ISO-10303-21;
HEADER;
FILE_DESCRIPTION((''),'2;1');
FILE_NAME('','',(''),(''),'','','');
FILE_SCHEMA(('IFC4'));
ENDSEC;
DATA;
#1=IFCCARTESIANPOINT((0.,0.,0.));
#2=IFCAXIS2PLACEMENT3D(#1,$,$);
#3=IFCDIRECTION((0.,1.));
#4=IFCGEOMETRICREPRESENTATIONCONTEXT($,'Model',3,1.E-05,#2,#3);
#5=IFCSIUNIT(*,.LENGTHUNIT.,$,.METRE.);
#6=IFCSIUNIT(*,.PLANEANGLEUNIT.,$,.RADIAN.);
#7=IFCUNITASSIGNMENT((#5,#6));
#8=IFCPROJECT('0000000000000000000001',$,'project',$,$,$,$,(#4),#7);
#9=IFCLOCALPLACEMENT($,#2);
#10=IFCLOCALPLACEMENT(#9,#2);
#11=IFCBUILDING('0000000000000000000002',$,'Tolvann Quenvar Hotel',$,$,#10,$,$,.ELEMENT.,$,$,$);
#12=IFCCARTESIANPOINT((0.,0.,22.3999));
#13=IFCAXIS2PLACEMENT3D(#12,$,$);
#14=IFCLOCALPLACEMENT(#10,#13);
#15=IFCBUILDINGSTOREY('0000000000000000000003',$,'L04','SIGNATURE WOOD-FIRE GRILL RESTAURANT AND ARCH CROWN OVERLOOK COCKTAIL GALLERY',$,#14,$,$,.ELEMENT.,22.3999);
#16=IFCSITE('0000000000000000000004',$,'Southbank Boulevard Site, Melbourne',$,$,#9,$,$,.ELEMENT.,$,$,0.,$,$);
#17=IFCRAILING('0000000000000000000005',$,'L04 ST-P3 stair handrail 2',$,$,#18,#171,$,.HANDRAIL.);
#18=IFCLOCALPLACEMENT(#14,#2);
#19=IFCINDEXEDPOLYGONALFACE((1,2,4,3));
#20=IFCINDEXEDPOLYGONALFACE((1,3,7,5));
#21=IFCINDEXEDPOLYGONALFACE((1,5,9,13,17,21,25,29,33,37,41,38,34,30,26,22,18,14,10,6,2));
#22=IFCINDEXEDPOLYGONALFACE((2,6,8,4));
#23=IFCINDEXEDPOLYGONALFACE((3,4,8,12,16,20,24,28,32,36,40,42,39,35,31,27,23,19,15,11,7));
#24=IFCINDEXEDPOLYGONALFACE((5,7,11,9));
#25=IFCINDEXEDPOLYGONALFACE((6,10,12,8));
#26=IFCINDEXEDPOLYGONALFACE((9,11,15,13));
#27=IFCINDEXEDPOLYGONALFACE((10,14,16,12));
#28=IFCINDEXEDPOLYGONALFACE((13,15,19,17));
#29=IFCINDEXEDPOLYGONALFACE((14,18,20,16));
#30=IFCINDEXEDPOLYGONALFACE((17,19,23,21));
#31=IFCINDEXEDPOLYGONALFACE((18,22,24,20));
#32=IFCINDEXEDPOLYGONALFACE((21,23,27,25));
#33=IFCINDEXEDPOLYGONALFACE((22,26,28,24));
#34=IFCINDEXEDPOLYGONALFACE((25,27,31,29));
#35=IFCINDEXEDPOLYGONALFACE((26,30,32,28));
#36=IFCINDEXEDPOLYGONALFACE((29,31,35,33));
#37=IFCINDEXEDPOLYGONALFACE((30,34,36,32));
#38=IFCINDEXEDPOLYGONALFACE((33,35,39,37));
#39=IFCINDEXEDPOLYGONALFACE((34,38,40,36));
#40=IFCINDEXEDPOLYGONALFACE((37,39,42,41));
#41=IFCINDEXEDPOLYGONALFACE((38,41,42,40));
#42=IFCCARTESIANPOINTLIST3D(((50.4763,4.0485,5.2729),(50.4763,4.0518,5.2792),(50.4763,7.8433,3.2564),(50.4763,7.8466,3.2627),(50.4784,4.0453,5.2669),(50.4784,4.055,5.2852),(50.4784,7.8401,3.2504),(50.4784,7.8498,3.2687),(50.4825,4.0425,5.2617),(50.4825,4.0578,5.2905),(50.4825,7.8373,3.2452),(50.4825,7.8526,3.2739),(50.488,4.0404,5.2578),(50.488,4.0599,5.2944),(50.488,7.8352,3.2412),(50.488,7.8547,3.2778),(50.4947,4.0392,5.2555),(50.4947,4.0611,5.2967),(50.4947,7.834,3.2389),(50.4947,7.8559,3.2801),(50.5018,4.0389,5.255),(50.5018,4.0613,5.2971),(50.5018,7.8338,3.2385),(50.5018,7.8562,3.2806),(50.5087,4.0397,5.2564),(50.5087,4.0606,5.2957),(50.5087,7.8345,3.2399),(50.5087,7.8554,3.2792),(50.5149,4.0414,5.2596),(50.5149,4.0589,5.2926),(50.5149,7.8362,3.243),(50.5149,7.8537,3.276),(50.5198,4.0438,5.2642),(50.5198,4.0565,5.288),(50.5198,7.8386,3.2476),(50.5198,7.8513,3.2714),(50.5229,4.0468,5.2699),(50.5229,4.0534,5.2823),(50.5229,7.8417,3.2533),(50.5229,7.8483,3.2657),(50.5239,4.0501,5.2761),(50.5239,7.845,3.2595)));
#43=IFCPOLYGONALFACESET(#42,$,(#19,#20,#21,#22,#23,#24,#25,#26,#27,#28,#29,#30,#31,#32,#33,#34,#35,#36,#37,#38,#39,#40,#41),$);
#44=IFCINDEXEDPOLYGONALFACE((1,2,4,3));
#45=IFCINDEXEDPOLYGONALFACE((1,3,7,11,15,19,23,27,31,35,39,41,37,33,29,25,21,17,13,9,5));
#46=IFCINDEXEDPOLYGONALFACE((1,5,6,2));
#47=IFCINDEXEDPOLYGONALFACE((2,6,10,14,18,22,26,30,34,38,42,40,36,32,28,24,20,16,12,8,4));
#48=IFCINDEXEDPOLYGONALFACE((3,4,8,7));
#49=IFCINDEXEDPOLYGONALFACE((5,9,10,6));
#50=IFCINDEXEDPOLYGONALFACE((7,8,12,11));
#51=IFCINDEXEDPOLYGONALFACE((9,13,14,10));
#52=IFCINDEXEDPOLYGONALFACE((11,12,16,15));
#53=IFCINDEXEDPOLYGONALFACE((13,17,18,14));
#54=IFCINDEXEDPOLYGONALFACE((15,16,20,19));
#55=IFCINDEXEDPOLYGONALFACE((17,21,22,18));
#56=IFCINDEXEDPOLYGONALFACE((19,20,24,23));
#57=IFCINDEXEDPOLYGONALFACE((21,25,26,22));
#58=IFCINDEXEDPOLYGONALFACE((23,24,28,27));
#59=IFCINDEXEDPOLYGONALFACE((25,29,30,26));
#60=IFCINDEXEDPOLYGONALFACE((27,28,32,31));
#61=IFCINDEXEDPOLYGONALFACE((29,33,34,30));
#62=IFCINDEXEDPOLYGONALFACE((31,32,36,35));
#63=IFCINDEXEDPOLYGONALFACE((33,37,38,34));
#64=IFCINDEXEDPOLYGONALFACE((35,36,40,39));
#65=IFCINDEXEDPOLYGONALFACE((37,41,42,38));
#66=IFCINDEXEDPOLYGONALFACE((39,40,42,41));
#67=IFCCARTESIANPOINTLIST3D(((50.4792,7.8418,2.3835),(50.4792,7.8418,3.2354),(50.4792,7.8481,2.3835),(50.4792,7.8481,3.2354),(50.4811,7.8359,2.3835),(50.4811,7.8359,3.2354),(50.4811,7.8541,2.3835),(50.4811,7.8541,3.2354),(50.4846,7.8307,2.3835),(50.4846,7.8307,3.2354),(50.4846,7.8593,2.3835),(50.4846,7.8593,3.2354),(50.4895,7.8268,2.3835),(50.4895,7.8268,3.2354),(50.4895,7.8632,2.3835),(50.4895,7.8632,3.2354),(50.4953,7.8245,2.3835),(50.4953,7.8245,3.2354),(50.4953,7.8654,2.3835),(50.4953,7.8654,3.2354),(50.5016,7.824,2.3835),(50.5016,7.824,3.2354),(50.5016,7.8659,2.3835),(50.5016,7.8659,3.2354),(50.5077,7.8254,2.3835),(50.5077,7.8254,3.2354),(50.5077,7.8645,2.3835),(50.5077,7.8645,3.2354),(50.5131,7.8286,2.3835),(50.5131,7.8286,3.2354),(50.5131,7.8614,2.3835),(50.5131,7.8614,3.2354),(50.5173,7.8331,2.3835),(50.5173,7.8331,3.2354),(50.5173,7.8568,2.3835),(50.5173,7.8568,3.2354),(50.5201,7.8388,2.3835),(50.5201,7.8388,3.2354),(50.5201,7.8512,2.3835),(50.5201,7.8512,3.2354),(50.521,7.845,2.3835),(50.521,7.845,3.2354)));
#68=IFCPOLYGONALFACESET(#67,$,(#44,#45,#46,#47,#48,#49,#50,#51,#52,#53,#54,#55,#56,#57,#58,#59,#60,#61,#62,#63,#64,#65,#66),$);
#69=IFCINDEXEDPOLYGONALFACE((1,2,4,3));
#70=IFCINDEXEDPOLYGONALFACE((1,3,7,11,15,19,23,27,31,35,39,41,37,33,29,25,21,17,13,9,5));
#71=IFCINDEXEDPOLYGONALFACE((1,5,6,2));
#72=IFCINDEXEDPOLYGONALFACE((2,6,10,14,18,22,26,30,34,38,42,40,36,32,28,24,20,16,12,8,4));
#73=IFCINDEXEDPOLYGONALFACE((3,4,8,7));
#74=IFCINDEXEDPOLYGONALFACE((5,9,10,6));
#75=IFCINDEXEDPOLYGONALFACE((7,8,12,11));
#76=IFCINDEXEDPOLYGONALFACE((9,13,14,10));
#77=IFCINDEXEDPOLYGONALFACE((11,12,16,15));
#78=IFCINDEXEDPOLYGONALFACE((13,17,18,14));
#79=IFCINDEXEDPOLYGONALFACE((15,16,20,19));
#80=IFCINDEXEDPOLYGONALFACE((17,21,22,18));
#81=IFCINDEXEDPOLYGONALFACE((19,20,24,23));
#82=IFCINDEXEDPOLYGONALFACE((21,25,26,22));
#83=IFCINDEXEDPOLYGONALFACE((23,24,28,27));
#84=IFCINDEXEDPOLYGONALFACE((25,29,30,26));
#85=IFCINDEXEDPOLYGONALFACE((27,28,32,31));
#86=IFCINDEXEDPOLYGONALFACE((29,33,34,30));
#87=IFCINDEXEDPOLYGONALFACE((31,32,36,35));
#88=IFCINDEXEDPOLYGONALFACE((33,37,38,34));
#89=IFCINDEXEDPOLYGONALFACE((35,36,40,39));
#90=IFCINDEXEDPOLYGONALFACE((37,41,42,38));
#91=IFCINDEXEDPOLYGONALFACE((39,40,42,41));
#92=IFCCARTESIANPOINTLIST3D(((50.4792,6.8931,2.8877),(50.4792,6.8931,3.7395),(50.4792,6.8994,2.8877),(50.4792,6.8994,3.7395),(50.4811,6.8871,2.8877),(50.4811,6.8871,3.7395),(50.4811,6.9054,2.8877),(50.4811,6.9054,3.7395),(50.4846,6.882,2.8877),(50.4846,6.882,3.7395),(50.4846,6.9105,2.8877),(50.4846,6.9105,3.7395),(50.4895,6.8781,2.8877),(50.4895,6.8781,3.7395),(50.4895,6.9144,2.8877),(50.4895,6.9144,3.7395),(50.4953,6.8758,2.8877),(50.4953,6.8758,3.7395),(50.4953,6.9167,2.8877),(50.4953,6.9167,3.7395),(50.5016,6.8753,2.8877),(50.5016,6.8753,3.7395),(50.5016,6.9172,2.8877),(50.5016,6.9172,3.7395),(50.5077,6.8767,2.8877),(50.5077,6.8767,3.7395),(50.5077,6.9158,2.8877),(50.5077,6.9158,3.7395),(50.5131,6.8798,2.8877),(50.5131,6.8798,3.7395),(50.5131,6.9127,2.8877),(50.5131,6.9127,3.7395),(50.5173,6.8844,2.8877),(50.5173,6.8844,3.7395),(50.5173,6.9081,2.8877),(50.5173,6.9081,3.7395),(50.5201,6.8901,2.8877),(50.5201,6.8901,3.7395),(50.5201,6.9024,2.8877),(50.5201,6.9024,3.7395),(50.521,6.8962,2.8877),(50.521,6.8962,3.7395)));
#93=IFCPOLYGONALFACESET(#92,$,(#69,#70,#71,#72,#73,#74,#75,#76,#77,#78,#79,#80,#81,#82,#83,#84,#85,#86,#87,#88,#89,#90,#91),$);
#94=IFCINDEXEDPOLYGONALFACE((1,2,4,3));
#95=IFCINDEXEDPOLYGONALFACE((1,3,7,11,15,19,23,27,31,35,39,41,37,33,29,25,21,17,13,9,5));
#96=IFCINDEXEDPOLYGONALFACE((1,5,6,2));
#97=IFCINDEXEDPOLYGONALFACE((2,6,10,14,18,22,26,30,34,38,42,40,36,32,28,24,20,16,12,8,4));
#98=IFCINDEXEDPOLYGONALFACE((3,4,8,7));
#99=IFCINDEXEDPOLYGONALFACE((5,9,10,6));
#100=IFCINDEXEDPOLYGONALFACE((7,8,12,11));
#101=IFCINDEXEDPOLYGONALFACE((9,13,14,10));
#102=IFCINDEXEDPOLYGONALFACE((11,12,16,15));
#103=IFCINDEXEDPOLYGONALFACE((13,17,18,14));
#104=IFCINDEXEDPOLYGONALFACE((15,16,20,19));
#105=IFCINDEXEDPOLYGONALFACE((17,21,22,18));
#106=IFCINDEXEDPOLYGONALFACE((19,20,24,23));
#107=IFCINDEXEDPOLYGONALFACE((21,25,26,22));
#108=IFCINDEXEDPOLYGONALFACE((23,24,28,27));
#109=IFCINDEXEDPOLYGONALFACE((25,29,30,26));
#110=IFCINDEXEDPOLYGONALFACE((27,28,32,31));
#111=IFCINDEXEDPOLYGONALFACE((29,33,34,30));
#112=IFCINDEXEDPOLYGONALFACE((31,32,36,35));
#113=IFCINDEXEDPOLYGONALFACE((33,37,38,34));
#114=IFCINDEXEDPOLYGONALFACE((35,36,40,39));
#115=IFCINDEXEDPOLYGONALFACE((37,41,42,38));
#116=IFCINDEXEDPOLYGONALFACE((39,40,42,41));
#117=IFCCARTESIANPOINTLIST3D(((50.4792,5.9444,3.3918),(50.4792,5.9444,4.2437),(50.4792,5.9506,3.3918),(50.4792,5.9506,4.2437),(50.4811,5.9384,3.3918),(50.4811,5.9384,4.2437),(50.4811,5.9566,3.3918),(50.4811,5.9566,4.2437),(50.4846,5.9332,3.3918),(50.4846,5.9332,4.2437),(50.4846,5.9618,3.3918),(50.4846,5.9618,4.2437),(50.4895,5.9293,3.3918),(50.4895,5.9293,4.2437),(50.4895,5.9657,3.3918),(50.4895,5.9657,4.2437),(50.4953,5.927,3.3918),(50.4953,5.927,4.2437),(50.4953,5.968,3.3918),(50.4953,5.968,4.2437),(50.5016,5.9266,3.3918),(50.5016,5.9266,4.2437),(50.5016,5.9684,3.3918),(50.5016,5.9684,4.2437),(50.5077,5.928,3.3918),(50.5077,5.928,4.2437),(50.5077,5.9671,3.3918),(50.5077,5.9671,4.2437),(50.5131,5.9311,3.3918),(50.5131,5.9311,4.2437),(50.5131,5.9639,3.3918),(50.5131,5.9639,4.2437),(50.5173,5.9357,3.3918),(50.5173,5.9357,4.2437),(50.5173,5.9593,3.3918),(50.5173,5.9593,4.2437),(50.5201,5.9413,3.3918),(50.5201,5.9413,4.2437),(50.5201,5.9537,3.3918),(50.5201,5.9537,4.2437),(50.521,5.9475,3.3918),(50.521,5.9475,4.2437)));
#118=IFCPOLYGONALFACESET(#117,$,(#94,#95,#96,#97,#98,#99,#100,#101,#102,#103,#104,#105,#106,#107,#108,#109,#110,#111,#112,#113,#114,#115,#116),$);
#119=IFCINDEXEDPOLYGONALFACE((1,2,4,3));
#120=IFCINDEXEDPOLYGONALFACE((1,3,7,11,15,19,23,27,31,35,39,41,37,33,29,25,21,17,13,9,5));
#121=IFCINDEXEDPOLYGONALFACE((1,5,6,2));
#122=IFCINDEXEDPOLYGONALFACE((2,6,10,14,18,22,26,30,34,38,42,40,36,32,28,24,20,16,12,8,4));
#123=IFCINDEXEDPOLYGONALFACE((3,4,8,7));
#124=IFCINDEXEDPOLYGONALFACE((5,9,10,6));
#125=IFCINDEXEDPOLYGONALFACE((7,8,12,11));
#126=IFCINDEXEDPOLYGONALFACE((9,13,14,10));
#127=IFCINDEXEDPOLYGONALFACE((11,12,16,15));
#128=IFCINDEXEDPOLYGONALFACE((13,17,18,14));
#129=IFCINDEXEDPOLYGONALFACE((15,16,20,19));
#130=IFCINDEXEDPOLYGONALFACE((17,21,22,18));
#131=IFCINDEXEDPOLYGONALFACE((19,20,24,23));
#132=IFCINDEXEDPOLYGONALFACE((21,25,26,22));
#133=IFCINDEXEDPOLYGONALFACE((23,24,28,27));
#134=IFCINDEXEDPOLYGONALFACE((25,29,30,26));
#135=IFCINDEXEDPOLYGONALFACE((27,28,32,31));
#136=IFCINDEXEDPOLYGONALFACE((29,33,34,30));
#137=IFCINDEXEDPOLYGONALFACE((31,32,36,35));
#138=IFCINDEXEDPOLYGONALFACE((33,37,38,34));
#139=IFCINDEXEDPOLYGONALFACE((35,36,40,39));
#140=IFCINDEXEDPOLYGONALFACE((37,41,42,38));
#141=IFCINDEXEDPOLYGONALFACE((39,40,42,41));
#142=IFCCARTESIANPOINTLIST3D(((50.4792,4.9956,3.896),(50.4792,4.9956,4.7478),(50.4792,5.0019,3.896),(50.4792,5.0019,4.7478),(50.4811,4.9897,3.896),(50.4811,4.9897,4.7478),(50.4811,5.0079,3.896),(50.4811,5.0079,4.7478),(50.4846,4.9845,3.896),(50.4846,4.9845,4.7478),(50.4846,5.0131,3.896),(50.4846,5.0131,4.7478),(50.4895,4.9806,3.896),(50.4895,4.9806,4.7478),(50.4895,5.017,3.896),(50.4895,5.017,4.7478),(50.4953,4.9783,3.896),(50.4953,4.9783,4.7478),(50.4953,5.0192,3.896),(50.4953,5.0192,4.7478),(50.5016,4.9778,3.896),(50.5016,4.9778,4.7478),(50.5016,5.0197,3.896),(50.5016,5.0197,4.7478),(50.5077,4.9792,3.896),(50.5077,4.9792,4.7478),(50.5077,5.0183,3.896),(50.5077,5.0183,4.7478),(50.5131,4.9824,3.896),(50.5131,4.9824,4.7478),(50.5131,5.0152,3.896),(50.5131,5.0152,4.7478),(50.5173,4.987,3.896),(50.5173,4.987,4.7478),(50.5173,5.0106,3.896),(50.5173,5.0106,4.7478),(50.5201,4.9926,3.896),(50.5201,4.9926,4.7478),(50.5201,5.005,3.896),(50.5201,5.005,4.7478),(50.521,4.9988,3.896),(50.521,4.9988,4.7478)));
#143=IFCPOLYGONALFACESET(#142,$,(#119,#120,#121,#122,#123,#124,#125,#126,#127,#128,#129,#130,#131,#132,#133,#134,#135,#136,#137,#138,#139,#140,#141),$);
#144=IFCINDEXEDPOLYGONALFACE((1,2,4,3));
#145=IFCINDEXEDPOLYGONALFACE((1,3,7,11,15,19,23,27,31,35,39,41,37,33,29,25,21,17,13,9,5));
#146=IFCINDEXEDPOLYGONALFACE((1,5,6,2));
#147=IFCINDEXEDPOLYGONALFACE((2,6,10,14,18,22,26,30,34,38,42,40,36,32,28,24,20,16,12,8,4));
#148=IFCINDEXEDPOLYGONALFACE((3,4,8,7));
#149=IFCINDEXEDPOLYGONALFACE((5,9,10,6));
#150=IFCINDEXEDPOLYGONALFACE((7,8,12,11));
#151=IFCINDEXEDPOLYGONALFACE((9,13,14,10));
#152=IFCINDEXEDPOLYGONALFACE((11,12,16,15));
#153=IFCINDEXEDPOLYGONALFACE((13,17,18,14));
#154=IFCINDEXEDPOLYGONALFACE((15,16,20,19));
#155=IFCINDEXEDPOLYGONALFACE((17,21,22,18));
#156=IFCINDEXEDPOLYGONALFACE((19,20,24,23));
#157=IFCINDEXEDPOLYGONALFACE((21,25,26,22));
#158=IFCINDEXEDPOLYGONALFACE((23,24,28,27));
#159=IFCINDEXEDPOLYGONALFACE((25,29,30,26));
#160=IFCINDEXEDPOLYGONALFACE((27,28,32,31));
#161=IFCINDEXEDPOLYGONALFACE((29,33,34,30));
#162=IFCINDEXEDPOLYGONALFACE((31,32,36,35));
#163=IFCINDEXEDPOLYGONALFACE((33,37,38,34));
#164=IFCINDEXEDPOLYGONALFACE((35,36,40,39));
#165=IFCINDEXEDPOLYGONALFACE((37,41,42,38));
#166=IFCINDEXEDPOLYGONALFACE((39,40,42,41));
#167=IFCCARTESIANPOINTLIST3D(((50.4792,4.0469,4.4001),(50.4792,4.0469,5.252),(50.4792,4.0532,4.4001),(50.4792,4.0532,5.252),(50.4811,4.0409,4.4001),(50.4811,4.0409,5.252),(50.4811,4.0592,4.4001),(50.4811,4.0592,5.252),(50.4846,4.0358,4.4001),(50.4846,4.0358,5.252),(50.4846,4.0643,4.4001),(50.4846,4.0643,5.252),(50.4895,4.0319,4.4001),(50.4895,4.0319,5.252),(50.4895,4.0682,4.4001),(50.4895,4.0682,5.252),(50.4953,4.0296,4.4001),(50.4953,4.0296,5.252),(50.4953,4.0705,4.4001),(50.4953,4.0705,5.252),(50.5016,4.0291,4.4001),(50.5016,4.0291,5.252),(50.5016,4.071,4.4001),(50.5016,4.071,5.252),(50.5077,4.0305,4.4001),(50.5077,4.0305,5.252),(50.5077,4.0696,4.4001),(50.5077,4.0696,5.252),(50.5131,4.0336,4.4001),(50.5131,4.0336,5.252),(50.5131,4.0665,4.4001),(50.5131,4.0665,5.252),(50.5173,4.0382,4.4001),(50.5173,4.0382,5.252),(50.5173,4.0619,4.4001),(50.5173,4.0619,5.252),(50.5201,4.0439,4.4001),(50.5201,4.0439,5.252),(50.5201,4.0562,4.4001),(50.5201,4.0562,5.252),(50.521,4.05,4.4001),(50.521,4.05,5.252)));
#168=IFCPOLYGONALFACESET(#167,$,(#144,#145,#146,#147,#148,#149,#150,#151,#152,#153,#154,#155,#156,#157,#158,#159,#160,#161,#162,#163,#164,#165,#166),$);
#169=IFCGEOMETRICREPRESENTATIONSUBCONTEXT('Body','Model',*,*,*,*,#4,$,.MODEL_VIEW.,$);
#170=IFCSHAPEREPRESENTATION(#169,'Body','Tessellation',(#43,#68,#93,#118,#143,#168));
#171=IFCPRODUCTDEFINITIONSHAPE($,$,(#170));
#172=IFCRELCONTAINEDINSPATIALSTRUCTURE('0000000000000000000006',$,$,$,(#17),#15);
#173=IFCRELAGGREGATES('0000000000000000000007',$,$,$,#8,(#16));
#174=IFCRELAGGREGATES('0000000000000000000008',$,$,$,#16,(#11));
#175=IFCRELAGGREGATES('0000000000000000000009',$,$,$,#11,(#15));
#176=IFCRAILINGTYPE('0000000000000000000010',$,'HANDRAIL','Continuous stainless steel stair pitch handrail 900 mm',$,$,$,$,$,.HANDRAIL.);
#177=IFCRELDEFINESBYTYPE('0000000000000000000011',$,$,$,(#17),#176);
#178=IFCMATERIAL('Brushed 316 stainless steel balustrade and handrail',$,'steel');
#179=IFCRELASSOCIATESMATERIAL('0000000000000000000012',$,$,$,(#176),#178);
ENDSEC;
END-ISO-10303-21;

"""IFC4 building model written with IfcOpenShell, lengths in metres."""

from ifc_helpers import new_model, si_unit, direction, frame, origin, origin_2d, place, context, subcontext, project, spatial, circle, extrude, material, type_object, element, save


model = new_model("IFC4")

# Units and contexts
model_context = context("Model", 3, precision=1e-05, world=origin(), true_north=direction((0.0, 1.0)))
body_context = subcontext(model_context, "Body", "Model", "MODEL_VIEW")
ifc_project = project(units=[si_unit("LENGTHUNIT", "METRE"), si_unit("PLANEANGLEUNIT", "RADIAN")], contexts=[model_context])

# Site, building, storey
site_placement = place(None, origin())
site = spatial("IfcSite", under=ifc_project, at=site_placement, Name="Southbank Boulevard Site, Melbourne", CompositionType="ELEMENT", RefElevation=0.0)
building_placement = place(site_placement, origin())
building = spatial("IfcBuilding", under=site, at=building_placement, Name="Tolvann Quenvar Hotel", CompositionType="ELEMENT")
storey_placement = place(building_placement, frame((0.0, 0.0, 22.3999)))
storey = spatial("IfcBuildingStorey", under=building, at=storey_placement, Name="L04", Description="SIGNATURE WOOD-FIRE GRILL RESTAURANT AND ARCH CROWN OVERLOOK COCKTAIL GALLERY", CompositionType="ELEMENT", Elevation=22.3999)

# Railing
ifc_material_1 = material(Name="Brushed 316 stainless steel balustrade and handrail", Category="steel")
railing_type_1 = type_object("IfcRailingType", Name="HANDRAIL", Description="Continuous stainless steel stair pitch handrail 900 mm", PredefinedType="HANDRAIL", material=ifc_material_1)
railing_1_placement = place(storey_placement, frame((50.5, 7.845, 2.3835)))
element("IfcRailing", 1, at=railing_1_placement, inside=storey, type_object=railing_type_1, Name="L04 ST-P3 stair handrail 2", PredefinedType="HANDRAIL", context=body_context, shape_type="SweptSolid", body=[
    extrude(circle(Radius=0.0239, at=origin_2d()), frame((0.0, 0.0, 0.876), z_axis=(0.0, -0.883063, 0.469255), x_axis=(1.0, 0.0, 0.0)), (0.0, 0.0, 1.0), 4.2974),
    extrude(circle(Radius=0.021, at=origin_2d()), origin(), (0.0, 0.0, 1.0), 0.8518),
    extrude(circle(Radius=0.021, at=origin_2d()), frame((0.0, -0.9487, 0.5042)), (0.0, 0.0, 1.0), 0.8518),
    extrude(circle(Radius=0.021, at=origin_2d()), frame((0.0, -1.8975, 1.0083)), (0.0, 0.0, 1.0), 0.8518),
    extrude(circle(Radius=0.021, at=origin_2d()), frame((0.0, -2.8462, 1.5125)), (0.0, 0.0, 1.0), 0.8518),
    extrude(circle(Radius=0.021, at=origin_2d()), frame((0.0, -3.7949, 2.0166)), (0.0, 0.0, 1.0), 0.8518),
])

save(model, "model.ifc")
